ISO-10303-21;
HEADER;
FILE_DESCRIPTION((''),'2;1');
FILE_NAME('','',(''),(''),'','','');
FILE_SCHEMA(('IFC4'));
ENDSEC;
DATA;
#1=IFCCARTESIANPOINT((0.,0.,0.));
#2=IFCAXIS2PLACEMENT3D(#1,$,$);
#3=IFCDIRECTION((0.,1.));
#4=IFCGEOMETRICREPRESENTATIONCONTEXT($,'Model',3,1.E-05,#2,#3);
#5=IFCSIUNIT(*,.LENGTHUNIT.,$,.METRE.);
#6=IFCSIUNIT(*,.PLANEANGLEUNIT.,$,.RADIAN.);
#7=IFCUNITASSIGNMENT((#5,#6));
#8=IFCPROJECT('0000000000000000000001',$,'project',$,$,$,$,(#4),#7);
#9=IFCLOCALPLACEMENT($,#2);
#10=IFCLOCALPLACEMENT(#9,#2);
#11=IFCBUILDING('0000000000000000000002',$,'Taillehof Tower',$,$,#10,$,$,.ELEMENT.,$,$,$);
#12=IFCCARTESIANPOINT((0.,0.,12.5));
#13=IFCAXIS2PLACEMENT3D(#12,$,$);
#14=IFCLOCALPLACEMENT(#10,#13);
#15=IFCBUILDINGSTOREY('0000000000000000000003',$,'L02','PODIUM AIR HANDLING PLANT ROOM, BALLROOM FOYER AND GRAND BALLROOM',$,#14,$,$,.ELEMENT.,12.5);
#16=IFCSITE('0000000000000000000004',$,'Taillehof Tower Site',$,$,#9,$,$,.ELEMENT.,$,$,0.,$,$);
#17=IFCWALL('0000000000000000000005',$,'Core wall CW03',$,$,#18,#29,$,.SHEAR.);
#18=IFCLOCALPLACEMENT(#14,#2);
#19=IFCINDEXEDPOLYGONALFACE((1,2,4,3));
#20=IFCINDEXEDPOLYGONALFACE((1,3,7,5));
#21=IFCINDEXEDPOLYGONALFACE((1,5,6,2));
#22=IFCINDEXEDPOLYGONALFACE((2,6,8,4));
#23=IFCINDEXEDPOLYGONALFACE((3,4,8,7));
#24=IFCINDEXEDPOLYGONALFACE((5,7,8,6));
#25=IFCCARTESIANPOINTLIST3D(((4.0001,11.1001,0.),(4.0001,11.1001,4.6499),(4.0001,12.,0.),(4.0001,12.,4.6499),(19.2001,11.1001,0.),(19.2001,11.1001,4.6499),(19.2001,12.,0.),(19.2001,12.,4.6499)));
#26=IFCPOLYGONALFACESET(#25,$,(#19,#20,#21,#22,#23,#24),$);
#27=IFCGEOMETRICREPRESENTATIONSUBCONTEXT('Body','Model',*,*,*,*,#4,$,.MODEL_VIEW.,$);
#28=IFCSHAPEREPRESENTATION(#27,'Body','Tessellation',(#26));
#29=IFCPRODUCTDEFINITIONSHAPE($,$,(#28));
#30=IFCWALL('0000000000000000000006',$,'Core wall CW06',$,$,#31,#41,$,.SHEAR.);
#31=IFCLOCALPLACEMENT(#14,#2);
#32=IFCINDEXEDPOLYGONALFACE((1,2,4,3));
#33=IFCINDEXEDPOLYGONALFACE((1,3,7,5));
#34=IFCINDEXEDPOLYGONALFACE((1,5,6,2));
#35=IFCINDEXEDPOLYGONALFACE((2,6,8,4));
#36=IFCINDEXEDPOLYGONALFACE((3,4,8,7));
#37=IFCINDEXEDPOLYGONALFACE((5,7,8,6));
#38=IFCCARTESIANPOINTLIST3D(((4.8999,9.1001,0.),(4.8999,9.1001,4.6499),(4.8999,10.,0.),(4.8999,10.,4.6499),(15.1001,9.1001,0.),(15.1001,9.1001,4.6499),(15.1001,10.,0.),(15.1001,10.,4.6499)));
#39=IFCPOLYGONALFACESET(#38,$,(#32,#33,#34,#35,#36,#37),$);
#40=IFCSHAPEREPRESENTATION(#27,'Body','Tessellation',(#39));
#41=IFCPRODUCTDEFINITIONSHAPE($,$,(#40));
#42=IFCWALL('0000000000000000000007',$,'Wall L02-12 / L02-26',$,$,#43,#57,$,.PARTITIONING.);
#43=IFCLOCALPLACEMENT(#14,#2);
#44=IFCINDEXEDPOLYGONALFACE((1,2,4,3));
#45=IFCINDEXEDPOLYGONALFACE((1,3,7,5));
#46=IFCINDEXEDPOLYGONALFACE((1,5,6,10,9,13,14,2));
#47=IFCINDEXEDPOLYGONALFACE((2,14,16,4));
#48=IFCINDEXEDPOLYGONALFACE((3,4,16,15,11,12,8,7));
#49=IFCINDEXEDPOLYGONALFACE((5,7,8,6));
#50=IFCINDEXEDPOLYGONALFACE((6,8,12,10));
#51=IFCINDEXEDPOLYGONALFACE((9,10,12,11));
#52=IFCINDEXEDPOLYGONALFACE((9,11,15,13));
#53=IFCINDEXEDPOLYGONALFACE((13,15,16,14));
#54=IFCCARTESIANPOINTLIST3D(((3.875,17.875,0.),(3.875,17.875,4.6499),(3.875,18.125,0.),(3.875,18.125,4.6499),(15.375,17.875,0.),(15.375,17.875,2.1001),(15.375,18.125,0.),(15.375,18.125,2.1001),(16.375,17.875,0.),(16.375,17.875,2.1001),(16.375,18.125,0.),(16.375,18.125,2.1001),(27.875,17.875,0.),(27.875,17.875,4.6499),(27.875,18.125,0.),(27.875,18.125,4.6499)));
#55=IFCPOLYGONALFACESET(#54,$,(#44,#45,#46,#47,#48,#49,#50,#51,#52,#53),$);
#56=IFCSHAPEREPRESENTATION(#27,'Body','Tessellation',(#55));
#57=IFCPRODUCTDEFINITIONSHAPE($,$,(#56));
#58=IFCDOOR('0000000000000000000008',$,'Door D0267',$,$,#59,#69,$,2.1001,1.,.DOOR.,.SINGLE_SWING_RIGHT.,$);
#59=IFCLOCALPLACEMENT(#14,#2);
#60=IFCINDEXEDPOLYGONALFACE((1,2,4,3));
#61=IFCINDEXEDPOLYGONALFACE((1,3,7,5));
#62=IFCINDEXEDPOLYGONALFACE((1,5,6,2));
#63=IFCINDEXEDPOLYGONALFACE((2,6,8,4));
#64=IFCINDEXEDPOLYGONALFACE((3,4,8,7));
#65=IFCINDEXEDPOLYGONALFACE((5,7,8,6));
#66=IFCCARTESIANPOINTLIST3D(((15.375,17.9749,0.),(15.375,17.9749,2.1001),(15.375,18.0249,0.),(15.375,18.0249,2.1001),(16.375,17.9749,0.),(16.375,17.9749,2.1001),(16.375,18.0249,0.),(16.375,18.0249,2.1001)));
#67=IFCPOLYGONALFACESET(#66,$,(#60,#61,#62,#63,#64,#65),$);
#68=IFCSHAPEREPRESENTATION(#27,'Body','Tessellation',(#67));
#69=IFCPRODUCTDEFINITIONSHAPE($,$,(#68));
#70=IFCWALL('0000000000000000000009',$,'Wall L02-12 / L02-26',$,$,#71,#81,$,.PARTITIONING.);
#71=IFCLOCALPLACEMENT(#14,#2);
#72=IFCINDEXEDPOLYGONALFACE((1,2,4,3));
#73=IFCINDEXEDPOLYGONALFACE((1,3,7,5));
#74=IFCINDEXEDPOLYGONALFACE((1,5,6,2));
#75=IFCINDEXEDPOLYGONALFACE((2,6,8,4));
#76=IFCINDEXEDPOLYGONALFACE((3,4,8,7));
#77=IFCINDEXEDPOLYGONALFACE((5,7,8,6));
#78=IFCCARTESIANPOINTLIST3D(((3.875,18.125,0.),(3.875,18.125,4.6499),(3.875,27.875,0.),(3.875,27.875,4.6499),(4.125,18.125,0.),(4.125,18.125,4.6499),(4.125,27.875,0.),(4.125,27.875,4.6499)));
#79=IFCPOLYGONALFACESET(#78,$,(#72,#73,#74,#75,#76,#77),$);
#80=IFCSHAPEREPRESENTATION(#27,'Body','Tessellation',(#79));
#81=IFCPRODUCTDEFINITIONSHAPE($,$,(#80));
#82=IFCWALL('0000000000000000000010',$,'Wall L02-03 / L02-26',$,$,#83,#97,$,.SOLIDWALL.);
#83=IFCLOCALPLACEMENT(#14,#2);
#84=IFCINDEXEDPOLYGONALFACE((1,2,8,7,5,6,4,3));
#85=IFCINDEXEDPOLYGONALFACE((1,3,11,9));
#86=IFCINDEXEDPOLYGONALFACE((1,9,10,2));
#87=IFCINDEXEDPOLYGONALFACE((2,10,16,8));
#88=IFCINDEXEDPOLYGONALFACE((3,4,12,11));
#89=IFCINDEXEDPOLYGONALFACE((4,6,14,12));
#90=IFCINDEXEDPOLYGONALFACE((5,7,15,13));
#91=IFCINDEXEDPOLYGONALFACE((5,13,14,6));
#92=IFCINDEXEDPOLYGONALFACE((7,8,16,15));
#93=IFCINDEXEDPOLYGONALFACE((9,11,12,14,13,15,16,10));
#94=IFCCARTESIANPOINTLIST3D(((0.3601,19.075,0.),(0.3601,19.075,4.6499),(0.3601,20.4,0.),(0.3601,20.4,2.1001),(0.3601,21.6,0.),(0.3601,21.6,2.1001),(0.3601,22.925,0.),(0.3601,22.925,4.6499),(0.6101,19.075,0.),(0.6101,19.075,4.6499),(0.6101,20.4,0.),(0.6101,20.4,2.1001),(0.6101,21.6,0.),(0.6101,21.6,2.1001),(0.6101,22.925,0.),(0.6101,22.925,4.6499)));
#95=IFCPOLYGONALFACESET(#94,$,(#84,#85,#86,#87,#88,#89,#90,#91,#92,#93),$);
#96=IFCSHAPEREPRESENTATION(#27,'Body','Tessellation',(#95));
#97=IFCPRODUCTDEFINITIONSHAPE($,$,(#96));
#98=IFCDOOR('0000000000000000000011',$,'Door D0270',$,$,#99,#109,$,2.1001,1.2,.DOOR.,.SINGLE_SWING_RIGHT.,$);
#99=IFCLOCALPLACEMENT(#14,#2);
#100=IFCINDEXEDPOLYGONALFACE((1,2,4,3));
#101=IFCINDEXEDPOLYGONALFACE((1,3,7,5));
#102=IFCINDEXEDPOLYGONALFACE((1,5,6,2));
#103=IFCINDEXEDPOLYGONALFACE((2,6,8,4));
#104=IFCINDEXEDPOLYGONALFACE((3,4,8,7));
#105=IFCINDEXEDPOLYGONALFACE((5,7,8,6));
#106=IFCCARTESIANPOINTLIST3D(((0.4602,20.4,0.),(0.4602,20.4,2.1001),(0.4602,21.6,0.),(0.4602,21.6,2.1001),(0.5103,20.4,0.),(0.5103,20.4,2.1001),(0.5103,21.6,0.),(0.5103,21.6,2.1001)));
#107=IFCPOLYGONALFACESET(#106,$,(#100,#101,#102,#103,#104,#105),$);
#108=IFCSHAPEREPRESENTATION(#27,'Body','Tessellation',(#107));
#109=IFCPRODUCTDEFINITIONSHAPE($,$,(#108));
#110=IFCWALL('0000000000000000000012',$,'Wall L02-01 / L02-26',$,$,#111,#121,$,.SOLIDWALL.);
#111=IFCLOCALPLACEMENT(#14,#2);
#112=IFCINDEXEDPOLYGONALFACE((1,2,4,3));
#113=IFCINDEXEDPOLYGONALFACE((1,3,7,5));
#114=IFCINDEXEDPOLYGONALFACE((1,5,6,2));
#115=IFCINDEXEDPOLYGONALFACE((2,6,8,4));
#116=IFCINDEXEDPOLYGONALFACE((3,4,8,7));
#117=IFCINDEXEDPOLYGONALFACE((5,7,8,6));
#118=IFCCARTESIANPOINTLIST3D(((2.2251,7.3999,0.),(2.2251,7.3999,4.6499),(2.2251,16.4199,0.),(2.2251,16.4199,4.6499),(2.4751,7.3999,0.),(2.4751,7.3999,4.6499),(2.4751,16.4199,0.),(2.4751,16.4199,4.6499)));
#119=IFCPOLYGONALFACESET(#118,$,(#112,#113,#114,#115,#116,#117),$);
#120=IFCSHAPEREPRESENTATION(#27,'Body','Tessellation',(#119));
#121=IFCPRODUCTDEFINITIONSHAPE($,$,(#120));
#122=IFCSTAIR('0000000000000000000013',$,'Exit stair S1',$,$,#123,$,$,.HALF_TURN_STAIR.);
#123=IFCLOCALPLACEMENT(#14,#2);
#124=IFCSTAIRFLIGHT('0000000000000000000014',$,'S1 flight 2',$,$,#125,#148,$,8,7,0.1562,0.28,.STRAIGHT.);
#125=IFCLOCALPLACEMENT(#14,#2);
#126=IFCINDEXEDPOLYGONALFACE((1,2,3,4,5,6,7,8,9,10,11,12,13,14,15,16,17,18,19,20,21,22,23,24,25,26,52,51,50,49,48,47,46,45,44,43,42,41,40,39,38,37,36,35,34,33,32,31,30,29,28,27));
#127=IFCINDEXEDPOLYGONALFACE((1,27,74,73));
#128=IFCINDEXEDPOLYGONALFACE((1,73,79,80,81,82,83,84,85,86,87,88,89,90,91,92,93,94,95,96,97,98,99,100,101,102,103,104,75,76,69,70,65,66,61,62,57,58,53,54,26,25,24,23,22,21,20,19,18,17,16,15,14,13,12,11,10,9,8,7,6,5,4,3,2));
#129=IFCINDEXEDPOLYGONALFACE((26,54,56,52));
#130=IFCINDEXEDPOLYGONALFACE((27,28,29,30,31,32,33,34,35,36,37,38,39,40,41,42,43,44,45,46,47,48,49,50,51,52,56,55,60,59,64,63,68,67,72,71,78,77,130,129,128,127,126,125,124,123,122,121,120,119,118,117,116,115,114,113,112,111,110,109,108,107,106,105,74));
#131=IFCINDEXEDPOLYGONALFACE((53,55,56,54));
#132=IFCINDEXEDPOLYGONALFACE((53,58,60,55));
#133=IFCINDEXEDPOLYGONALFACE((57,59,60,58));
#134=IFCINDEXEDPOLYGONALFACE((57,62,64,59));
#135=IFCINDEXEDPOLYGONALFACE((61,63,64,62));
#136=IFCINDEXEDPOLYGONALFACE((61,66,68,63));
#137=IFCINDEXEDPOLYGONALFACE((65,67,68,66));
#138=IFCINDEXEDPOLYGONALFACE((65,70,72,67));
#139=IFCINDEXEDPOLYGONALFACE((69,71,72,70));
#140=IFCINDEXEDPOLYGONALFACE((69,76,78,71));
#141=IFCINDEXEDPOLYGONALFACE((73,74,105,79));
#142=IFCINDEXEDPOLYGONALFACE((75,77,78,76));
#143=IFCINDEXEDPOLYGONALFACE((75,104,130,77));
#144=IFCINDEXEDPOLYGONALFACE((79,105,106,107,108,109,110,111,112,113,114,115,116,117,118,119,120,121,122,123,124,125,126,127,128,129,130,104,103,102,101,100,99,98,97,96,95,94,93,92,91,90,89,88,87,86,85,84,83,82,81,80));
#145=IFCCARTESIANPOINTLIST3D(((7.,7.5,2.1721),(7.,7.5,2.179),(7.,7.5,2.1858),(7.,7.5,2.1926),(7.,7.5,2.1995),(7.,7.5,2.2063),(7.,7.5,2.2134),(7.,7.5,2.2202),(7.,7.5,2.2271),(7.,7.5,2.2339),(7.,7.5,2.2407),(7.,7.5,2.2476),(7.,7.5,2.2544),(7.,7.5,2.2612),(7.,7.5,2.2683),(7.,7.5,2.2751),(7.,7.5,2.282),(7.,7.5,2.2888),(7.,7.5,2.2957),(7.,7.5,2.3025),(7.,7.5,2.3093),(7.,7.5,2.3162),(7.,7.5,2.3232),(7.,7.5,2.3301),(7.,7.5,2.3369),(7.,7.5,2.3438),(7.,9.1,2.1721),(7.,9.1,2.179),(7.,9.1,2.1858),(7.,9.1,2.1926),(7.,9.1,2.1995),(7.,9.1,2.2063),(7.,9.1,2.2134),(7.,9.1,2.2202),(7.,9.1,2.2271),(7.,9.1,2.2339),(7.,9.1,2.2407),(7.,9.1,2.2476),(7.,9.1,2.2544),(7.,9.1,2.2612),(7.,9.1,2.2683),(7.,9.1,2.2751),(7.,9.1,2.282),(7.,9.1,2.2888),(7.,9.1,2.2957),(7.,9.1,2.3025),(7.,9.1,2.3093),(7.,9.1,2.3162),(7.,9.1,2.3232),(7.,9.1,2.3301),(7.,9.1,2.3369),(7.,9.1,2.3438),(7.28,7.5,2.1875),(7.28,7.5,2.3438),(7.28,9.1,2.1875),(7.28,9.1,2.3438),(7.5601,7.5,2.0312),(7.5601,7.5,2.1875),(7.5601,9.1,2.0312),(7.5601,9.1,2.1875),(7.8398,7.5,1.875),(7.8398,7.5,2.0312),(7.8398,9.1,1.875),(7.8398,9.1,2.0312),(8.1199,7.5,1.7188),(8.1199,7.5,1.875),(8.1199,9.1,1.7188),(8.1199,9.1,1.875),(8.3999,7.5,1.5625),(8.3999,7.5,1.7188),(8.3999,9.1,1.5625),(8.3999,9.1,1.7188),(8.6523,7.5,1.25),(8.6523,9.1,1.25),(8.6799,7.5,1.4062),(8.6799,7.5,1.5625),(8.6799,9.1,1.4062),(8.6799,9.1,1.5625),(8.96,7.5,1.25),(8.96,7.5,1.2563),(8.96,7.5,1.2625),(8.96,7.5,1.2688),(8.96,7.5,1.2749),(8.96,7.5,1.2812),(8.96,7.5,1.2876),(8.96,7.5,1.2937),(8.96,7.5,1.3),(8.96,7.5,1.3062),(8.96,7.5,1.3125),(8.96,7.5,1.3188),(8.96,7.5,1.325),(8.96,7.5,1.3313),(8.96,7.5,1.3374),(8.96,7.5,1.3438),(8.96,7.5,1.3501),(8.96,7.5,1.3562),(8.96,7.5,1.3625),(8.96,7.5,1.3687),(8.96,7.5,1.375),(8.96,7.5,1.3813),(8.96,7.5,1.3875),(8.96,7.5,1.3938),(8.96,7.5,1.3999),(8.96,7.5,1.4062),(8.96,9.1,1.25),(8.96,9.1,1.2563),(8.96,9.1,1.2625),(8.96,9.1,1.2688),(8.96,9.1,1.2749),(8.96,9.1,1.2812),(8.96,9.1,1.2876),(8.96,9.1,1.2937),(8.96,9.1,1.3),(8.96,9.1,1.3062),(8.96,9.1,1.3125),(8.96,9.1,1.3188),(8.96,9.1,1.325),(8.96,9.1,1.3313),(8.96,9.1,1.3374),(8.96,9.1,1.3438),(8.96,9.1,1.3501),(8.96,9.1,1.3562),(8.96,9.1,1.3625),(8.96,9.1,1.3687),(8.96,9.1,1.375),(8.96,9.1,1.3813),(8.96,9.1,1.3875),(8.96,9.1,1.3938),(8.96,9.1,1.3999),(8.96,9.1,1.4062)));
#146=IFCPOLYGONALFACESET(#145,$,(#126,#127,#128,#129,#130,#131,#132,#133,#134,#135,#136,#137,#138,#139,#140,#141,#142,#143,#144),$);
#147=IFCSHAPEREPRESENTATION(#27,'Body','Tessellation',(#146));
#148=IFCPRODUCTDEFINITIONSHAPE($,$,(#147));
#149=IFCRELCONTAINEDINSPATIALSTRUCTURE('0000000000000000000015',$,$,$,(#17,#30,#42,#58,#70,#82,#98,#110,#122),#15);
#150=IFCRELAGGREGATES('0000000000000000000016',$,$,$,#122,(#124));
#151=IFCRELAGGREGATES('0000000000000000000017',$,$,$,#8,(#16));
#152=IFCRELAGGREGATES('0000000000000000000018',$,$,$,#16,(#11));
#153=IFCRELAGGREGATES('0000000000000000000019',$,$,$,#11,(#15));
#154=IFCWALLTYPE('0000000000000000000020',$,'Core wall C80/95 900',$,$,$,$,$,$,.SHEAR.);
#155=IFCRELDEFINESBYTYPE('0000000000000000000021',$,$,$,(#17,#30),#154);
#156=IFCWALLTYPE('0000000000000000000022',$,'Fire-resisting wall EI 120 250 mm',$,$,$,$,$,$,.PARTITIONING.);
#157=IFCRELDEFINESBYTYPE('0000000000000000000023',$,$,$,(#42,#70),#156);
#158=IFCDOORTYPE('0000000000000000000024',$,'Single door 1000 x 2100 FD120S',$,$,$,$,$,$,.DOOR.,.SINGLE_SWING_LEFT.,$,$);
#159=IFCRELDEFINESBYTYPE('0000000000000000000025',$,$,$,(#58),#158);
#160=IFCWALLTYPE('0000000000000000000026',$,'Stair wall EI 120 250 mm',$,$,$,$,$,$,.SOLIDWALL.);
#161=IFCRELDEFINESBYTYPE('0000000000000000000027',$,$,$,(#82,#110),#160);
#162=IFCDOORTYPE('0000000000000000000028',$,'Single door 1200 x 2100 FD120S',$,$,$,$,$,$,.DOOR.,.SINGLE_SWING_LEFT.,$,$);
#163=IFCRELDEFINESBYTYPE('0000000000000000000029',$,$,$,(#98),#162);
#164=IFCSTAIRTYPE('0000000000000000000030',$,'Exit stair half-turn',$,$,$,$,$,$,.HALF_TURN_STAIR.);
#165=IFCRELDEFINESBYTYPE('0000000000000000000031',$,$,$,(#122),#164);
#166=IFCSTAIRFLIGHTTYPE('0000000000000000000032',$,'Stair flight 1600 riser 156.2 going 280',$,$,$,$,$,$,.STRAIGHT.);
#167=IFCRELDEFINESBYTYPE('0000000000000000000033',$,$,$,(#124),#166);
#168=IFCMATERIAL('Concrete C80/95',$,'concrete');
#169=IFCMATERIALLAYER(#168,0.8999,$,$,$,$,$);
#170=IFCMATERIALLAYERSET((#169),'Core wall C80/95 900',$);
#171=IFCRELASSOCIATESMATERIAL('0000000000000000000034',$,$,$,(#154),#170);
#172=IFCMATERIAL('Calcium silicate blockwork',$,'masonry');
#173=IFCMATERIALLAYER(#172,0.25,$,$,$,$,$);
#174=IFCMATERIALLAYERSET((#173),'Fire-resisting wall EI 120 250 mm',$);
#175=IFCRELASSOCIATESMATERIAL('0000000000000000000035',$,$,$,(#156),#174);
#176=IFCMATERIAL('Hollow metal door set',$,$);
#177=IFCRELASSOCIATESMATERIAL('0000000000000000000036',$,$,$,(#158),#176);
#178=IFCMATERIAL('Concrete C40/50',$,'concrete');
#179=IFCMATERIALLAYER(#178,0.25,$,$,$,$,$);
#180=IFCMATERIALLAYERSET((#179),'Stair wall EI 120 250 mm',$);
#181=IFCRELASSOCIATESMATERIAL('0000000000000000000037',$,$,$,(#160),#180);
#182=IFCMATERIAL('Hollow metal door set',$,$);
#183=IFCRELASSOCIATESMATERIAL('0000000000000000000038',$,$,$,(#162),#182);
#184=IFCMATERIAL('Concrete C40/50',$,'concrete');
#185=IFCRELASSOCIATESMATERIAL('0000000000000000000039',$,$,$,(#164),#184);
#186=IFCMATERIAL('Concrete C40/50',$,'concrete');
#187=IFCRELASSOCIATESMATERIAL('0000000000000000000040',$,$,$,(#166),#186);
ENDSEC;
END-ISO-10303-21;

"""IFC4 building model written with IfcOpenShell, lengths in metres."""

from ifc_helpers import new_model, si_unit, direction, frame, frame_2d, origin, place, context, subcontext, project, spatial, polyline, rectangle, outline, extrude, material, layer, layer_set, type_object, element, fill, aggregate, save


model = new_model("IFC4")

# Units and contexts
model_context = context("Model", 3, precision=1e-05, world=origin(), true_north=direction((0.0, 1.0)))
body_context = subcontext(model_context, "Body", "Model", "MODEL_VIEW")
ifc_project = project(units=[si_unit("LENGTHUNIT", "METRE"), si_unit("PLANEANGLEUNIT", "RADIAN")], contexts=[model_context])

# Site, building, storey
site_placement = place(None, origin())
site = spatial("IfcSite", under=ifc_project, at=site_placement, Name="Taillehof Tower Site", CompositionType="ELEMENT", RefElevation=0.0)
building_placement = place(site_placement, origin())
building = spatial("IfcBuilding", under=site, at=building_placement, Name="Taillehof Tower", CompositionType="ELEMENT")
storey_placement = place(building_placement, frame((0.0, 0.0, 12.5)))
storey = spatial("IfcBuildingStorey", under=building, at=storey_placement, Name="L02", Description="PODIUM AIR HANDLING PLANT ROOM, BALLROOM FOYER AND GRAND BALLROOM", CompositionType="ELEMENT", Elevation=12.5)

# Walls
ifc_material_1 = material(Name="Concrete C80/95", Category="concrete")
ifc_layer_1 = layer(ifc_material_1, 0.8999)
ifc_layer_set_1 = layer_set([ifc_layer_1], Name="Core wall C80/95 900")
wall_type_1 = type_object("IfcWallType", Name="Core wall C80/95 900", PredefinedType="SHEAR", material=ifc_layer_set_1)
wall_1_placement = place(storey_placement, frame((4.0, 11.55, 0.0), z_axis=(0.0, 0.0, 1.0), x_axis=(1.0, 0.0, 0.0)))
element("IfcWall", 1, at=wall_1_placement, inside=storey, type_object=wall_type_1, Name="Core wall CW03", PredefinedType="SHEAR", context=body_context, shape_type="SweptSolid", body=[
    extrude(rectangle(XDim=15.2, YDim=0.8999, at=frame_2d((7.6001, 0.0))), origin(), (0.0, 0.0, 1.0), 4.6499),
])
wall_2_placement = place(storey_placement, frame((4.8999, 9.55, 0.0), z_axis=(0.0, 0.0, 1.0), x_axis=(1.0, 0.0, 0.0)))
element("IfcWall", 2, at=wall_2_placement, inside=storey, type_object=wall_type_1, Name="Core wall CW06", PredefinedType="SHEAR", context=body_context, shape_type="SweptSolid", body=[
    extrude(rectangle(XDim=10.2002, YDim=0.8999, at=frame_2d((5.1001, 0.0))), origin(), (0.0, 0.0, 1.0), 4.6499),
])

# Wall, opening, door
ifc_material_2 = material(Name="Calcium silicate blockwork", Category="masonry")
ifc_layer_2 = layer(ifc_material_2, 0.25)
ifc_layer_set_2 = layer_set([ifc_layer_2], Name="Fire-resisting wall EI 120 250 mm")
wall_type_2 = type_object("IfcWallType", Name="Fire-resisting wall EI 120 250 mm", PredefinedType="PARTITIONING", material=ifc_layer_set_2)
wall_3_placement = place(storey_placement, frame((3.875, 18.0, 0.0), z_axis=(0.0, 0.0, 1.0), x_axis=(1.0, 0.0, 0.0)))
wall_3 = element("IfcWall", 3, at=wall_3_placement, inside=storey, type_object=wall_type_2, Name="Wall L02-12 / L02-26", PredefinedType="PARTITIONING", context=body_context, shape_type="SweptSolid", body=[
    extrude(rectangle(XDim=24.0, YDim=0.25, at=frame_2d((12.0, 0.0))), origin(), (0.0, 0.0, 1.0), 4.6499),
])
opening_1_placement = place(wall_3_placement, frame((11.5, 0.0, 0.0)))
opening_1 = element("IfcOpeningElement", 4, at=opening_1_placement, cuts=wall_3, PredefinedType="OPENING", context=body_context, shape_type="SweptSolid", body=[
    extrude(rectangle(XDim=1.0, YDim=2.1001, at=frame_2d((0.5, 1.05))), frame((0.0, 0.135, 0.0), z_axis=(0.0, -1.0, 0.0), x_axis=(1.0, 0.0, 0.0)), (0.0, 0.0, 1.0), 0.27),
])
ifc_material_3 = material(Name="Hollow metal door set")
door_type_1 = type_object("IfcDoorType", Name="Single door 1000 x 2100 FD120S", OperationType="SINGLE_SWING_LEFT", PredefinedType="DOOR", material=ifc_material_3)
door_1_placement = place(opening_1_placement, origin())
door_1 = element("IfcDoor", 5, at=door_1_placement, inside=storey, type_object=door_type_1, Name="Door D0267", OperationType="SINGLE_SWING_RIGHT", OverallHeight=2.1001, OverallWidth=1.0, PredefinedType="DOOR", context=body_context, shape_type="SweptSolid", body=[
    extrude(rectangle(XDim=1.0, YDim=2.1001, at=frame_2d((0.5, 1.05))), frame((0.0, 0.0249, 0.0), z_axis=(0.0, -1.0, 0.0), x_axis=(1.0, 0.0, 0.0)), (0.0, 0.0, 1.0), 0.05),
])
fill(opening_1, door_1)

# Wall
wall_4_placement = place(storey_placement, frame((4.0, 18.125, 0.0), z_axis=(0.0, 0.0, 1.0), x_axis=(0.0, 1.0, 0.0)))
element("IfcWall", 6, at=wall_4_placement, inside=storey, type_object=wall_type_2, Name="Wall L02-12 / L02-26", PredefinedType="PARTITIONING", context=body_context, shape_type="SweptSolid", body=[
    extrude(rectangle(XDim=9.75, YDim=0.25, at=frame_2d((4.875, 0.0))), origin(), (0.0, 0.0, 1.0), 4.6499),
])

# Wall, opening, door
ifc_material_4 = material(Name="Concrete C40/50", Category="concrete")
ifc_layer_3 = layer(ifc_material_4, 0.25)
ifc_layer_set_3 = layer_set([ifc_layer_3], Name="Stair wall EI 120 250 mm")
wall_type_3 = type_object("IfcWallType", Name="Stair wall EI 120 250 mm", PredefinedType="SOLIDWALL", material=ifc_layer_set_3)
wall_5_placement = place(storey_placement, frame((0.4851, 19.075, 0.0), z_axis=(0.0, 0.0, 1.0), x_axis=(0.0, 1.0, 0.0)))
wall_5 = element("IfcWall", 7, at=wall_5_placement, inside=storey, type_object=wall_type_3, Name="Wall L02-03 / L02-26", PredefinedType="SOLIDWALL", context=body_context, shape_type="SweptSolid", body=[
    extrude(rectangle(XDim=3.8501, YDim=0.25, at=frame_2d((1.925, 0.0))), origin(), (0.0, 0.0, 1.0), 4.6499),
])
opening_2_placement = place(wall_5_placement, frame((1.325, 0.0, 0.0)))
opening_2 = element("IfcOpeningElement", 8, at=opening_2_placement, cuts=wall_5, PredefinedType="OPENING", context=body_context, shape_type="SweptSolid", body=[
    extrude(rectangle(XDim=1.2, YDim=2.1001, at=frame_2d((0.6001, 1.05))), frame((0.0, 0.135, 0.0), z_axis=(0.0, -1.0, 0.0), x_axis=(1.0, 0.0, 0.0)), (0.0, 0.0, 1.0), 0.27),
])
ifc_material_5 = material(Name="Hollow metal door set")
door_type_2 = type_object("IfcDoorType", Name="Single door 1200 x 2100 FD120S", OperationType="SINGLE_SWING_LEFT", PredefinedType="DOOR", material=ifc_material_5)
door_2_placement = place(opening_2_placement, origin())
door_2 = element("IfcDoor", 9, at=door_2_placement, inside=storey, type_object=door_type_2, Name="Door D0270", OperationType="SINGLE_SWING_RIGHT", OverallHeight=2.1001, OverallWidth=1.2, PredefinedType="DOOR", context=body_context, shape_type="SweptSolid", body=[
    extrude(rectangle(XDim=1.2, YDim=2.1001, at=frame_2d((0.6001, 1.05))), frame((0.0, 0.0249, 0.0), z_axis=(0.0, -1.0, 0.0), x_axis=(1.0, 0.0, 0.0)), (0.0, 0.0, 1.0), 0.05),
])
fill(opening_2, door_2)

# Wall
wall_6_placement = place(storey_placement, frame((2.3501, 7.3999, 0.0), z_axis=(0.0, 0.0, 1.0), x_axis=(0.0, 1.0, 0.0)))
element("IfcWall", 10, at=wall_6_placement, inside=storey, type_object=wall_type_3, Name="Wall L02-01 / L02-26", PredefinedType="SOLIDWALL", context=body_context, shape_type="SweptSolid", body=[
    extrude(rectangle(XDim=9.02, YDim=0.25, at=frame_2d((4.51, 0.0))), origin(), (0.0, 0.0, 1.0), 4.6499),
])

# Stair, stair flight
ifc_material_6 = material(Name="Concrete C40/50", Category="concrete")
stair_type_1 = type_object("IfcStairType", Name="Exit stair half-turn", PredefinedType="HALF_TURN_STAIR", material=ifc_material_6)
stair_1_placement = place(storey_placement, origin())
stair_1 = element("IfcStair", 11, at=stair_1_placement, inside=storey, type_object=stair_type_1, Name="Exit stair S1", PredefinedType="HALF_TURN_STAIR")
ifc_material_7 = material(Name="Concrete C40/50", Category="concrete")
stair_flight_type_1 = type_object("IfcStairFlightType", Name="Stair flight 1600 riser 156.2 going 280", PredefinedType="STRAIGHT", material=ifc_material_7)
stair_flight_1_placement = place(storey_placement, frame((8.96, 8.3, 1.25), z_axis=(0.0, 0.0, 1.0), x_axis=(-1.0, 0.0, 0.0)))
stair_flight_1 = element("IfcStairFlight", 12, at=stair_flight_1_placement, type_object=stair_flight_type_1, Name="S1 flight 2", NumberOfRisers=8, NumberOfTreads=7, PredefinedType="STRAIGHT", RiserHeight=0.1562, TreadLength=0.28, context=body_context, shape_type="SweptSolid", body=[
    extrude(outline(polyline([(0.0, 0.0), (0.0, 0.0063), (0.0, 0.0125), (0.0, 0.0188), (0.0, 0.0249), (0.0, 0.0312), (0.0, 0.0376), (0.0, 0.0437), (0.0, 0.05), (0.0, 0.0562), (0.0, 0.0625), (0.0, 0.0688), (0.0, 0.075), (0.0, 0.0813), (0.0, 0.0874), (0.0, 0.0938), (0.0, 0.1001), (0.0, 0.1062), (0.0, 0.1125), (0.0, 0.1187), (0.0, 0.125), (0.0, 0.1313), (0.0, 0.1375), (0.0, 0.1438), (0.0, 0.1499), (0.0, 0.1562), (0.28, 0.1562), (0.28, 0.3125), (0.5601, 0.3125), (0.5601, 0.4688), (0.8401, 0.4688), (0.8401, 0.625), (1.1201, 0.625), (1.1201, 0.7812), (1.3999, 0.7812), (1.3999, 0.9375), (1.6799, 0.9375), (1.6799, 1.0938), (1.96, 1.0938), (1.96, 1.0869), (1.96, 1.0801), (1.96, 1.0732), (1.96, 1.0662), (1.96, 1.0593), (1.96, 1.0525), (1.96, 1.0457), (1.96, 1.0388), (1.96, 1.032), (1.96, 1.0251), (1.96, 1.0183), (1.96, 1.0112), (1.96, 1.0044), (1.96, 0.9976), (1.96, 0.9907), (1.96, 0.9839), (1.96, 0.9771), (1.96, 0.9702), (1.96, 0.9634), (1.96, 0.9563), (1.96, 0.9495), (1.96, 0.9426), (1.96, 0.9358), (1.96, 0.929), (1.96, 0.9221), (0.3076, 0.0), (0.0, 0.0)])), frame((0.0, 0.8, 0.0), z_axis=(0.0, -1.0, 0.0), x_axis=(1.0, 0.0, 0.0)), (0.0, 0.0, 1.0), 1.6),
])
aggregate(stair_1, [stair_flight_1])

save(model, "model.ifc")
